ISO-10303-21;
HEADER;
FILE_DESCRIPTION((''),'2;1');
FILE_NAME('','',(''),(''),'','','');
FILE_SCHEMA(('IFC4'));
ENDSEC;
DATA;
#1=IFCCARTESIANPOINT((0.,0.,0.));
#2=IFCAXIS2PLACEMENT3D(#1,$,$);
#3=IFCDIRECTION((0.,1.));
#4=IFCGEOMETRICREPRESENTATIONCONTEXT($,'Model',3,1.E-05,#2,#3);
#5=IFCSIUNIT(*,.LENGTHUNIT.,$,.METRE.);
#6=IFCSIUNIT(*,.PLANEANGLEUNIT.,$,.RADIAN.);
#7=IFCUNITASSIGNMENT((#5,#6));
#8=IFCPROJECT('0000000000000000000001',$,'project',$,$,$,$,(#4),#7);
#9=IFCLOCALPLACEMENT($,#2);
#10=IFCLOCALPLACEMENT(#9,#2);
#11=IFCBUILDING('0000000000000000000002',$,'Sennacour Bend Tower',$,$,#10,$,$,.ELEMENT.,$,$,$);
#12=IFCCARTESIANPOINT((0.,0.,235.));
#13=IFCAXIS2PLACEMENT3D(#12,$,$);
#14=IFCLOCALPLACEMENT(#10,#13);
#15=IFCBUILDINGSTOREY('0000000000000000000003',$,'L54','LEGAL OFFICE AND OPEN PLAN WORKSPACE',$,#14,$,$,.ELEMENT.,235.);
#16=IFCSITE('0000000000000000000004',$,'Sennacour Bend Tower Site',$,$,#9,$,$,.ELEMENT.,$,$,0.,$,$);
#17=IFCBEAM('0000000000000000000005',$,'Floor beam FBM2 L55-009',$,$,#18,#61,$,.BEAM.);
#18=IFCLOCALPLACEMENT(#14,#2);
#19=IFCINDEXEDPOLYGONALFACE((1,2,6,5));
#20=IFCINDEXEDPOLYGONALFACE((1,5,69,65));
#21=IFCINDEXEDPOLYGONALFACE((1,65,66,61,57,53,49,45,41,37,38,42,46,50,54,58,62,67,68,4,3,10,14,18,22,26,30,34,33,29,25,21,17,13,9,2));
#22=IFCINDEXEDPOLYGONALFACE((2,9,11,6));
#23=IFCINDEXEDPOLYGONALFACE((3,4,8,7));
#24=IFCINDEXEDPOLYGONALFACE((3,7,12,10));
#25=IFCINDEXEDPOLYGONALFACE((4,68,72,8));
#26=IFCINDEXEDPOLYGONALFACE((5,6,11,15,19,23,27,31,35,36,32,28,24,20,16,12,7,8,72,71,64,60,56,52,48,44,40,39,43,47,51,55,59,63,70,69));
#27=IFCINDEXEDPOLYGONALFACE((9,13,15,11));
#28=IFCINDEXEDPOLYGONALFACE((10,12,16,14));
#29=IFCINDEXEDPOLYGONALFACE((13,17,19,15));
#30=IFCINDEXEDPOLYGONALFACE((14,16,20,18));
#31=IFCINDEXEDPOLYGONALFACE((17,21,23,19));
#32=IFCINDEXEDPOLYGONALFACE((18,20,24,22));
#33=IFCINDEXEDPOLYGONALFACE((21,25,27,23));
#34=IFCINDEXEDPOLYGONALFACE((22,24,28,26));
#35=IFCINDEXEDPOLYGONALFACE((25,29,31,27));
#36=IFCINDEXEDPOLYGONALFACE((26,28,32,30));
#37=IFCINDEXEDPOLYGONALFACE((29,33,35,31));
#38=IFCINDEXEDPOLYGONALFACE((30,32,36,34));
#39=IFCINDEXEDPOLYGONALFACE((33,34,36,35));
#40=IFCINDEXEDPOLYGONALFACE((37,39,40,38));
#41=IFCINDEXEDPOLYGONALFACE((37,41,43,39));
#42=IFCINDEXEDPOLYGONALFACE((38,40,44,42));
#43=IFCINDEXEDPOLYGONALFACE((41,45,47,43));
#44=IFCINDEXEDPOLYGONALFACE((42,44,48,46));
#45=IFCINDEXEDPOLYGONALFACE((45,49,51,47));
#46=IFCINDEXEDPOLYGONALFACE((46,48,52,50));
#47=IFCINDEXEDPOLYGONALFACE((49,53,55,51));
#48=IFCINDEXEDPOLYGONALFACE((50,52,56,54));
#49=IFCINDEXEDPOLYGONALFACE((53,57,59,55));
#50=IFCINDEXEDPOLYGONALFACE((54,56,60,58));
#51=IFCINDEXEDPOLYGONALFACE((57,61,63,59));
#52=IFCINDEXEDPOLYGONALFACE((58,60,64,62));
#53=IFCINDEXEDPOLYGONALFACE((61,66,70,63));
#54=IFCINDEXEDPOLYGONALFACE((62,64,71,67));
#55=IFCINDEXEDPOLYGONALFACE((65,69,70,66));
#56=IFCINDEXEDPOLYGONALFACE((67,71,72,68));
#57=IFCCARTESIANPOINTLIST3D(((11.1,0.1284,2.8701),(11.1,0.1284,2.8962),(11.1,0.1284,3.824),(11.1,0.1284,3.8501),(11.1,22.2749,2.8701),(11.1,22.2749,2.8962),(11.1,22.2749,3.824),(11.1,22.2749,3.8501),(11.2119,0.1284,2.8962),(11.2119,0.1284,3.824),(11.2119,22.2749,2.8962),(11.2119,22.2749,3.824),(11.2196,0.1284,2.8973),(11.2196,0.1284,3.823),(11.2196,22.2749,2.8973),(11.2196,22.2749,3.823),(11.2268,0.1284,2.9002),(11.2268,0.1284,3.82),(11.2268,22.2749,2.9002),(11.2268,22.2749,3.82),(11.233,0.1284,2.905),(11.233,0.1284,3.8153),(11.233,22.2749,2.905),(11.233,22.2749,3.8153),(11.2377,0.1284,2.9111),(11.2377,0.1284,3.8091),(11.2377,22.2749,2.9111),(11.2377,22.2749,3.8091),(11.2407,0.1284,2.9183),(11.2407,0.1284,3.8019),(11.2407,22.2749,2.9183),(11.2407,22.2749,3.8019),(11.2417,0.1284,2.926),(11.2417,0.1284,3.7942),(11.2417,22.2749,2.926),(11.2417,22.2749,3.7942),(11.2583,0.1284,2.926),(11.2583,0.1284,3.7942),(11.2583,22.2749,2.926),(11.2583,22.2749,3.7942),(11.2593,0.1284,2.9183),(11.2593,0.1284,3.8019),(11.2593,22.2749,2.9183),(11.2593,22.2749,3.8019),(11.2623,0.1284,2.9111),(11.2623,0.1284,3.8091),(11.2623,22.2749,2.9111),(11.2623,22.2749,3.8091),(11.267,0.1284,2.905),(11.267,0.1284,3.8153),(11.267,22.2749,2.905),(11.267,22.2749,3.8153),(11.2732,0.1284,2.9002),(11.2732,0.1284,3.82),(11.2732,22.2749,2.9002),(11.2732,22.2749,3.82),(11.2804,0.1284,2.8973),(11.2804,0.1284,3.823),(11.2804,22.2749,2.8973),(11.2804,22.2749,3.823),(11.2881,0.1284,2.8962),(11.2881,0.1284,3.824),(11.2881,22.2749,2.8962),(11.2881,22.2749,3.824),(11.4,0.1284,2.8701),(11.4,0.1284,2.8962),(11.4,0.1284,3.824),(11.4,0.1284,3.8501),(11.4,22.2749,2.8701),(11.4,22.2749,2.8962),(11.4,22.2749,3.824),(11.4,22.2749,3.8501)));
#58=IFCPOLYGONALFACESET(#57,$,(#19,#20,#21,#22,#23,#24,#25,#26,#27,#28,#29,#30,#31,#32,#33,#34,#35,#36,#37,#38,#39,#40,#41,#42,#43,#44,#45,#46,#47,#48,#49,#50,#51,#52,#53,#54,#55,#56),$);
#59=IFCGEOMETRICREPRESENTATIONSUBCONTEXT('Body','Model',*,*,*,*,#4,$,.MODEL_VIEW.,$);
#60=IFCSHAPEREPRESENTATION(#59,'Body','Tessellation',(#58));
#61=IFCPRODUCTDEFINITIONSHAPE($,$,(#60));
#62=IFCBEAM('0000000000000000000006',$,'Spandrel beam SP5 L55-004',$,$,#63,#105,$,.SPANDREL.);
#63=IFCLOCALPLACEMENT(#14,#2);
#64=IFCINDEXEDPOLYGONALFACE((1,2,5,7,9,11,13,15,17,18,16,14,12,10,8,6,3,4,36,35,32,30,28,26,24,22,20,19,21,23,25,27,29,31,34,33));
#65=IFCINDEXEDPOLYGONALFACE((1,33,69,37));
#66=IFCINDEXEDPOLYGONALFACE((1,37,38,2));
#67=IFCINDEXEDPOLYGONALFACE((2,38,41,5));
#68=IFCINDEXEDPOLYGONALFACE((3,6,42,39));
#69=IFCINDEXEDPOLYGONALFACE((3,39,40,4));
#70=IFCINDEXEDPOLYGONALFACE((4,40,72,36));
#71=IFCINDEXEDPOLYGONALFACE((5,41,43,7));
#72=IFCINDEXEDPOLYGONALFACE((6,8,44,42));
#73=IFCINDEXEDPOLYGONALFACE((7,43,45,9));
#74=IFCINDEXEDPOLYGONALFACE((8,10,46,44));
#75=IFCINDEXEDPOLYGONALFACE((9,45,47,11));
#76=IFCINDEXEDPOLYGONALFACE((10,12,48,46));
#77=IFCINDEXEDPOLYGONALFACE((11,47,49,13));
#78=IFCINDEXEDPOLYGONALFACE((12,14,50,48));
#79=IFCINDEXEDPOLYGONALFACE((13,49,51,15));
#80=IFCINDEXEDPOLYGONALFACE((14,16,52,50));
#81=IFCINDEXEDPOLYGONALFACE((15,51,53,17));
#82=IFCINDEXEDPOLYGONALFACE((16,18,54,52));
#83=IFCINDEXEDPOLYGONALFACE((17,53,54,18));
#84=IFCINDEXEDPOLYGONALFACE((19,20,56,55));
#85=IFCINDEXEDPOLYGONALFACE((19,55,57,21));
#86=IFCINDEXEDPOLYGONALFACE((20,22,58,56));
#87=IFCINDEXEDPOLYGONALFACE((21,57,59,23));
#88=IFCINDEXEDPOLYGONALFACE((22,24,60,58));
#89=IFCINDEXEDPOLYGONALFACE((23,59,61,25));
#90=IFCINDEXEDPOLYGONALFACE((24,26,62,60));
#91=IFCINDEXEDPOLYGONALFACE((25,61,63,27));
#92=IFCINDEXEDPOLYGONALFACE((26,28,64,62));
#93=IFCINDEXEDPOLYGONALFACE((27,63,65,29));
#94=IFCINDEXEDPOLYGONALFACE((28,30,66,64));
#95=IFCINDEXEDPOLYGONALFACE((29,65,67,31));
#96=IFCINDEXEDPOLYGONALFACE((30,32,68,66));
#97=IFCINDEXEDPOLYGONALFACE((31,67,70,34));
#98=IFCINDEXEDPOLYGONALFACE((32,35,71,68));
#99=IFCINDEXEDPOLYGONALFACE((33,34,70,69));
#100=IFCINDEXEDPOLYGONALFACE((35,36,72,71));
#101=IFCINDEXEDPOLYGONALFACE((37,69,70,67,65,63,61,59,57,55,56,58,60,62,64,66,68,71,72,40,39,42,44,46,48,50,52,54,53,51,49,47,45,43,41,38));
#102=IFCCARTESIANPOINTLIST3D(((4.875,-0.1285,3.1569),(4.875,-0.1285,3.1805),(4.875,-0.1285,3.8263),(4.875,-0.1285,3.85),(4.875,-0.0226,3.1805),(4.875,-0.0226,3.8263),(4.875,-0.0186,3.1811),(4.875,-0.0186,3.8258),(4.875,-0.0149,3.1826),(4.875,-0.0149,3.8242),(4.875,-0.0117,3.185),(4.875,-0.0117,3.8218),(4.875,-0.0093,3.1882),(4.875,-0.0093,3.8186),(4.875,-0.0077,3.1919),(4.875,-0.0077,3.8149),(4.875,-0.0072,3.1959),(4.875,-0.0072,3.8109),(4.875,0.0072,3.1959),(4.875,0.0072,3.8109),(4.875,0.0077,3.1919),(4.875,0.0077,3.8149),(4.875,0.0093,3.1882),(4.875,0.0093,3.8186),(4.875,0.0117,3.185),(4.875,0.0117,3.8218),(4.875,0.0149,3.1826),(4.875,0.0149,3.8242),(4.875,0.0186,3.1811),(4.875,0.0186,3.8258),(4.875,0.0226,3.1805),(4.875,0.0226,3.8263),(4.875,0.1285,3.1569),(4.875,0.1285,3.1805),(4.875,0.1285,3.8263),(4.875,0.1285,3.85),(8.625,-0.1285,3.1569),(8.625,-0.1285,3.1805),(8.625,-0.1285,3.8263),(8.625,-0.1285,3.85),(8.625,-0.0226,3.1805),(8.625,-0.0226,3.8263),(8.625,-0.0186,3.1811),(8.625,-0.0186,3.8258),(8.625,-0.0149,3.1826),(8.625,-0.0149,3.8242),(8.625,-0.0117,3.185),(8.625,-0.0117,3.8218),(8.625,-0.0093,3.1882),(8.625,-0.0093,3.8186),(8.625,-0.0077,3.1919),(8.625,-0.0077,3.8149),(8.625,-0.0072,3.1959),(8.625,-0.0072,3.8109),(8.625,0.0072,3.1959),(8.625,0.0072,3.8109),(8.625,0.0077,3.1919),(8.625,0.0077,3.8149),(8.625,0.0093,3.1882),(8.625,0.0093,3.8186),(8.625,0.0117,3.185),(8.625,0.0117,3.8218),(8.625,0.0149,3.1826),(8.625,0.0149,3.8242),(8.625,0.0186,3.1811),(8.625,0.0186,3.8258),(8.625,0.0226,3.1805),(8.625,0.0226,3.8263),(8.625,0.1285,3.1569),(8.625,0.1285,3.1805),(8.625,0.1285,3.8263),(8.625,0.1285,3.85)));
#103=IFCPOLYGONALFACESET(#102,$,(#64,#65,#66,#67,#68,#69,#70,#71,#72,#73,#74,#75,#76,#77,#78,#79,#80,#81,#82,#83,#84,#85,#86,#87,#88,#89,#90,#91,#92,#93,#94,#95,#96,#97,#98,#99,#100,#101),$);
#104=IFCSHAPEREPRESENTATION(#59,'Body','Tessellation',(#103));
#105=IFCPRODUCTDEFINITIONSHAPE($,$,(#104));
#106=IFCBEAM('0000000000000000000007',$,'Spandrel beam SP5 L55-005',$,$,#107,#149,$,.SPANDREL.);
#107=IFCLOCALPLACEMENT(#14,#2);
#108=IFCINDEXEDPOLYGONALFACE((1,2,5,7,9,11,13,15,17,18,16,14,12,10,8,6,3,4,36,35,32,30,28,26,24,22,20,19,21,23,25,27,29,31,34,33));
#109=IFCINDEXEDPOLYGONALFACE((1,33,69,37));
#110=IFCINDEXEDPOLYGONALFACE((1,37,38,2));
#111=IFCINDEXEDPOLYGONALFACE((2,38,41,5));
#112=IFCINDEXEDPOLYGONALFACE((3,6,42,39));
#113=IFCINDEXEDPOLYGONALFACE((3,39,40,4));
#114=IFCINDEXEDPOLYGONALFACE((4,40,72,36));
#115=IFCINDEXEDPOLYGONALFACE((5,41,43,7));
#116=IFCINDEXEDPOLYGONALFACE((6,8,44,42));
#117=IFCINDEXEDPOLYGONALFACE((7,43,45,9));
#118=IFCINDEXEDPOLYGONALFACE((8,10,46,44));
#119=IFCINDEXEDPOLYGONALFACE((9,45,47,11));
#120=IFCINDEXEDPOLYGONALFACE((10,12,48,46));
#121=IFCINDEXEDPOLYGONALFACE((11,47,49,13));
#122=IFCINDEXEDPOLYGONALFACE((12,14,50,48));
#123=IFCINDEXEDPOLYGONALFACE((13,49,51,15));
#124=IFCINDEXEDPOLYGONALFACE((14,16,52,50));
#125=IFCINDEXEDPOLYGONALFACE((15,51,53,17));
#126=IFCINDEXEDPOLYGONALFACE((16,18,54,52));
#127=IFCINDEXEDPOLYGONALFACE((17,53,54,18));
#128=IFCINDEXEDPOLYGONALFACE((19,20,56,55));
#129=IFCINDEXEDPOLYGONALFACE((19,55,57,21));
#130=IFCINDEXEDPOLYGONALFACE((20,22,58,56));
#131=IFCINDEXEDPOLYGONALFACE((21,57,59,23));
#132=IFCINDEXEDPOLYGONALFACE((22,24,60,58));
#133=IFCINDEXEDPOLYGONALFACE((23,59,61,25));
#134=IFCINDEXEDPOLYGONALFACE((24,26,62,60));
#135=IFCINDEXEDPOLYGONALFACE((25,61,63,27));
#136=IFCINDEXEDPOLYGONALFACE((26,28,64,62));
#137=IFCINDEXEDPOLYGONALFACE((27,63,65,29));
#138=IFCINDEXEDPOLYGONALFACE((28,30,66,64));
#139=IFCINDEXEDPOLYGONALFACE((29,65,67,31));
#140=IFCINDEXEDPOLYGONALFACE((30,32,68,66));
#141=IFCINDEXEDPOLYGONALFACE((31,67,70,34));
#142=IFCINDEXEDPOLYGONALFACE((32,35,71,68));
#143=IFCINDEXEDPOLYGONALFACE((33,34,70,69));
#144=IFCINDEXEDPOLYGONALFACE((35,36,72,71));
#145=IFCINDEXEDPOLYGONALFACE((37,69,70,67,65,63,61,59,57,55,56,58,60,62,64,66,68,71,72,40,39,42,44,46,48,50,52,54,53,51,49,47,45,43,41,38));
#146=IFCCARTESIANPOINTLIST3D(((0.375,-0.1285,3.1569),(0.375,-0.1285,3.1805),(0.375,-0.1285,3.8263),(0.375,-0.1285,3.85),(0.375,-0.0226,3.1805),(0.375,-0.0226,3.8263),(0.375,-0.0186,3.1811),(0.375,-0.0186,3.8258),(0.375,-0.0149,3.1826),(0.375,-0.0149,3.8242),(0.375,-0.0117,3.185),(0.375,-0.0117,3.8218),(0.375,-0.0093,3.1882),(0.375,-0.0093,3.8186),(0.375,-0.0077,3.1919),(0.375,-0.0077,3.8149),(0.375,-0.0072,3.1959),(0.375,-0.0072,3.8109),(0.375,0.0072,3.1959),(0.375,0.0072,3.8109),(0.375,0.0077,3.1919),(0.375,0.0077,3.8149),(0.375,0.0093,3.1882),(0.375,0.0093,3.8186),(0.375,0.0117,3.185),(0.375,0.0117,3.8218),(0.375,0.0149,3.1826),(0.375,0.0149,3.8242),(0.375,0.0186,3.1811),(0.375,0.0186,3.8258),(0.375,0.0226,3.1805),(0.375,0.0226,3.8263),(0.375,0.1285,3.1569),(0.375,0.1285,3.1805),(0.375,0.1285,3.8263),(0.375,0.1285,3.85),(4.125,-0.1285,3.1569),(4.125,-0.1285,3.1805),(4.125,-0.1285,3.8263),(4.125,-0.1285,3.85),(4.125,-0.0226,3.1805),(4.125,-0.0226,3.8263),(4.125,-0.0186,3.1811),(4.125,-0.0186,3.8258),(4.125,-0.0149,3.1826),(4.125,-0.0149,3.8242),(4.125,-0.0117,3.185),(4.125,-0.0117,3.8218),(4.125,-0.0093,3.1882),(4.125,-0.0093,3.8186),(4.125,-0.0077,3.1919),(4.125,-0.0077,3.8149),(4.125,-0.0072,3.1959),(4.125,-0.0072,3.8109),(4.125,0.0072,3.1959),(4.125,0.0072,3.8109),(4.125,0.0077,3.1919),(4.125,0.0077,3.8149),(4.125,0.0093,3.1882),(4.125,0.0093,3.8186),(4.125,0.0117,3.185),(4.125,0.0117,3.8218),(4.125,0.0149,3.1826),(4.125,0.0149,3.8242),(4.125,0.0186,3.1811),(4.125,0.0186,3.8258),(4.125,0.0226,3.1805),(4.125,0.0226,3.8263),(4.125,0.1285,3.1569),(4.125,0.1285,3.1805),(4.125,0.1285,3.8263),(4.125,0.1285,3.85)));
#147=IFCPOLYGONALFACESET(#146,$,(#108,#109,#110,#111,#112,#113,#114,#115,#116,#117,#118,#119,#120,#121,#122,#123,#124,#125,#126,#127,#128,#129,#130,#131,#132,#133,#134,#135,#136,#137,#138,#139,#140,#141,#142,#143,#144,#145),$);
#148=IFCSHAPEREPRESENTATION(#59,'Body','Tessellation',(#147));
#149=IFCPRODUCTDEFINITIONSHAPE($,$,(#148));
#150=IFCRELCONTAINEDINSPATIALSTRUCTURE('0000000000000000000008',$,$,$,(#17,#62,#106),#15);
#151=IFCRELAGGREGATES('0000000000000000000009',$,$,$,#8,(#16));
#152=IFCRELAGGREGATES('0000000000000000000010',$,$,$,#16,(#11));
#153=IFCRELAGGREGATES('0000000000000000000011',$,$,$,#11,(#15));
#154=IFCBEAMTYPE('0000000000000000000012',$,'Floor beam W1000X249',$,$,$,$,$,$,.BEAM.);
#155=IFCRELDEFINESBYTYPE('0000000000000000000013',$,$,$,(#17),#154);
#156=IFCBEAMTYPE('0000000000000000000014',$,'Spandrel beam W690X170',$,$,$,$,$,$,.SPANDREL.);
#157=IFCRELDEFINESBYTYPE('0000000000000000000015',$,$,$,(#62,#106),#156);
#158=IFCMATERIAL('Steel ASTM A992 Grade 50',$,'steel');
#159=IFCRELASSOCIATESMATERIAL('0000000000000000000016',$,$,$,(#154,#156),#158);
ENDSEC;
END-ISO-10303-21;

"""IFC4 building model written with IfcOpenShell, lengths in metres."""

from ifc_helpers import new_model, si_unit, direction, frame, origin, origin_2d, place, context, subcontext, project, spatial, i_section, extrude, material, material_profile, profile_set, type_object, element, save


model = new_model("IFC4")

# Units and contexts
model_context = context("Model", 3, precision=1e-05, world=origin(), true_north=direction((0.0, 1.0)))
body_context = subcontext(model_context, "Body", "Model", "MODEL_VIEW")
ifc_project = project(units=[si_unit("LENGTHUNIT", "METRE"), si_unit("PLANEANGLEUNIT", "RADIAN")], contexts=[model_context])

# Site, building, storey
site_placement = place(None, origin())
site = spatial("IfcSite", under=ifc_project, at=site_placement, Name="Sennacour Bend Tower Site", CompositionType="ELEMENT", RefElevation=0.0)
building_placement = place(site_placement, origin())
building = spatial("IfcBuilding", under=site, at=building_placement, Name="Sennacour Bend Tower", CompositionType="ELEMENT")
storey_placement = place(building_placement, frame((0.0, 0.0, 235.0)))
storey = spatial("IfcBuildingStorey", under=building, at=storey_placement, Name="L54", Description="LEGAL OFFICE AND OPEN PLAN WORKSPACE", CompositionType="ELEMENT", Elevation=235.0)

# Beams
ifc_material_1 = material(Name="Steel ASTM A992 Grade 50", Category="steel")
ifc_material_profile_1 = material_profile(ifc_material_1, i_section(OverallWidth=0.3, OverallDepth=0.98, WebThickness=0.0166, FlangeThickness=0.0261, FilletRadius=0.0298, at=origin_2d()), Name="Steel ASTM A992 Grade 50", Category="steel")
ifc_profile_set_1 = profile_set([ifc_material_profile_1], Name="Steel ASTM A992 Grade 50")
beam_type_1 = type_object("IfcBeamType", Name="Floor beam W1000X249", PredefinedType="BEAM", material=ifc_profile_set_1)
beam_placement = place(storey_placement, frame((11.25, 0.1284, 3.3601), z_axis=(0.0, 1.0, 0.0), x_axis=(-1.0, 0.0, 0.0)))
element("IfcBeam", 1, at=beam_placement, inside=storey, type_object=beam_type_1, Name="Floor beam FBM2 L55-009", PredefinedType="BEAM", context=body_context, shape_type="SweptSolid", body=[
    extrude(i_section(OverallWidth=0.3, OverallDepth=0.98, WebThickness=0.0166, FlangeThickness=0.0261, FilletRadius=0.0298, at=origin_2d()), origin(), (0.0, 0.0, 1.0), 22.1465),
])
ifc_material_profile_2 = material_profile(ifc_material_1, i_section(OverallWidth=0.2571, OverallDepth=0.6931, WebThickness=0.0144, FlangeThickness=0.0237, FilletRadius=0.0154, at=origin_2d()), Name="Steel ASTM A992 Grade 50", Category="steel")
ifc_profile_set_2 = profile_set([ifc_material_profile_2], Name="Steel ASTM A992 Grade 50")
beam_type_2 = type_object("IfcBeamType", Name="Spandrel beam W690X170", PredefinedType="SPANDREL", material=ifc_profile_set_2)
for number, where, z_axis, x_axis, name in (
    (2, (8.625, 0.0, 3.5034), (-1.0, 0.0, 0.0), (0.0, -1.0, 0.0), "Spandrel beam SP5 L55-004"),
    (3, (4.125, 0.0, 3.5034), (-1.0, 0.0, 0.0), (0.0, -1.0, 0.0), "Spandrel beam SP5 L55-005"),
):
    element("IfcBeam", number, at=place(storey_placement, frame(where, z_axis=z_axis, x_axis=x_axis)), inside=storey, type_object=beam_type_2, Name=name, PredefinedType="SPANDREL", context=body_context, shape_type="SweptSolid", body=[
        extrude(i_section(OverallWidth=0.2571, OverallDepth=0.6931, WebThickness=0.0144, FlangeThickness=0.0237, FilletRadius=0.0154, at=origin_2d()), origin(), (0.0, 0.0, 1.0), 3.75),
    ])

save(model, "model.ifc")
